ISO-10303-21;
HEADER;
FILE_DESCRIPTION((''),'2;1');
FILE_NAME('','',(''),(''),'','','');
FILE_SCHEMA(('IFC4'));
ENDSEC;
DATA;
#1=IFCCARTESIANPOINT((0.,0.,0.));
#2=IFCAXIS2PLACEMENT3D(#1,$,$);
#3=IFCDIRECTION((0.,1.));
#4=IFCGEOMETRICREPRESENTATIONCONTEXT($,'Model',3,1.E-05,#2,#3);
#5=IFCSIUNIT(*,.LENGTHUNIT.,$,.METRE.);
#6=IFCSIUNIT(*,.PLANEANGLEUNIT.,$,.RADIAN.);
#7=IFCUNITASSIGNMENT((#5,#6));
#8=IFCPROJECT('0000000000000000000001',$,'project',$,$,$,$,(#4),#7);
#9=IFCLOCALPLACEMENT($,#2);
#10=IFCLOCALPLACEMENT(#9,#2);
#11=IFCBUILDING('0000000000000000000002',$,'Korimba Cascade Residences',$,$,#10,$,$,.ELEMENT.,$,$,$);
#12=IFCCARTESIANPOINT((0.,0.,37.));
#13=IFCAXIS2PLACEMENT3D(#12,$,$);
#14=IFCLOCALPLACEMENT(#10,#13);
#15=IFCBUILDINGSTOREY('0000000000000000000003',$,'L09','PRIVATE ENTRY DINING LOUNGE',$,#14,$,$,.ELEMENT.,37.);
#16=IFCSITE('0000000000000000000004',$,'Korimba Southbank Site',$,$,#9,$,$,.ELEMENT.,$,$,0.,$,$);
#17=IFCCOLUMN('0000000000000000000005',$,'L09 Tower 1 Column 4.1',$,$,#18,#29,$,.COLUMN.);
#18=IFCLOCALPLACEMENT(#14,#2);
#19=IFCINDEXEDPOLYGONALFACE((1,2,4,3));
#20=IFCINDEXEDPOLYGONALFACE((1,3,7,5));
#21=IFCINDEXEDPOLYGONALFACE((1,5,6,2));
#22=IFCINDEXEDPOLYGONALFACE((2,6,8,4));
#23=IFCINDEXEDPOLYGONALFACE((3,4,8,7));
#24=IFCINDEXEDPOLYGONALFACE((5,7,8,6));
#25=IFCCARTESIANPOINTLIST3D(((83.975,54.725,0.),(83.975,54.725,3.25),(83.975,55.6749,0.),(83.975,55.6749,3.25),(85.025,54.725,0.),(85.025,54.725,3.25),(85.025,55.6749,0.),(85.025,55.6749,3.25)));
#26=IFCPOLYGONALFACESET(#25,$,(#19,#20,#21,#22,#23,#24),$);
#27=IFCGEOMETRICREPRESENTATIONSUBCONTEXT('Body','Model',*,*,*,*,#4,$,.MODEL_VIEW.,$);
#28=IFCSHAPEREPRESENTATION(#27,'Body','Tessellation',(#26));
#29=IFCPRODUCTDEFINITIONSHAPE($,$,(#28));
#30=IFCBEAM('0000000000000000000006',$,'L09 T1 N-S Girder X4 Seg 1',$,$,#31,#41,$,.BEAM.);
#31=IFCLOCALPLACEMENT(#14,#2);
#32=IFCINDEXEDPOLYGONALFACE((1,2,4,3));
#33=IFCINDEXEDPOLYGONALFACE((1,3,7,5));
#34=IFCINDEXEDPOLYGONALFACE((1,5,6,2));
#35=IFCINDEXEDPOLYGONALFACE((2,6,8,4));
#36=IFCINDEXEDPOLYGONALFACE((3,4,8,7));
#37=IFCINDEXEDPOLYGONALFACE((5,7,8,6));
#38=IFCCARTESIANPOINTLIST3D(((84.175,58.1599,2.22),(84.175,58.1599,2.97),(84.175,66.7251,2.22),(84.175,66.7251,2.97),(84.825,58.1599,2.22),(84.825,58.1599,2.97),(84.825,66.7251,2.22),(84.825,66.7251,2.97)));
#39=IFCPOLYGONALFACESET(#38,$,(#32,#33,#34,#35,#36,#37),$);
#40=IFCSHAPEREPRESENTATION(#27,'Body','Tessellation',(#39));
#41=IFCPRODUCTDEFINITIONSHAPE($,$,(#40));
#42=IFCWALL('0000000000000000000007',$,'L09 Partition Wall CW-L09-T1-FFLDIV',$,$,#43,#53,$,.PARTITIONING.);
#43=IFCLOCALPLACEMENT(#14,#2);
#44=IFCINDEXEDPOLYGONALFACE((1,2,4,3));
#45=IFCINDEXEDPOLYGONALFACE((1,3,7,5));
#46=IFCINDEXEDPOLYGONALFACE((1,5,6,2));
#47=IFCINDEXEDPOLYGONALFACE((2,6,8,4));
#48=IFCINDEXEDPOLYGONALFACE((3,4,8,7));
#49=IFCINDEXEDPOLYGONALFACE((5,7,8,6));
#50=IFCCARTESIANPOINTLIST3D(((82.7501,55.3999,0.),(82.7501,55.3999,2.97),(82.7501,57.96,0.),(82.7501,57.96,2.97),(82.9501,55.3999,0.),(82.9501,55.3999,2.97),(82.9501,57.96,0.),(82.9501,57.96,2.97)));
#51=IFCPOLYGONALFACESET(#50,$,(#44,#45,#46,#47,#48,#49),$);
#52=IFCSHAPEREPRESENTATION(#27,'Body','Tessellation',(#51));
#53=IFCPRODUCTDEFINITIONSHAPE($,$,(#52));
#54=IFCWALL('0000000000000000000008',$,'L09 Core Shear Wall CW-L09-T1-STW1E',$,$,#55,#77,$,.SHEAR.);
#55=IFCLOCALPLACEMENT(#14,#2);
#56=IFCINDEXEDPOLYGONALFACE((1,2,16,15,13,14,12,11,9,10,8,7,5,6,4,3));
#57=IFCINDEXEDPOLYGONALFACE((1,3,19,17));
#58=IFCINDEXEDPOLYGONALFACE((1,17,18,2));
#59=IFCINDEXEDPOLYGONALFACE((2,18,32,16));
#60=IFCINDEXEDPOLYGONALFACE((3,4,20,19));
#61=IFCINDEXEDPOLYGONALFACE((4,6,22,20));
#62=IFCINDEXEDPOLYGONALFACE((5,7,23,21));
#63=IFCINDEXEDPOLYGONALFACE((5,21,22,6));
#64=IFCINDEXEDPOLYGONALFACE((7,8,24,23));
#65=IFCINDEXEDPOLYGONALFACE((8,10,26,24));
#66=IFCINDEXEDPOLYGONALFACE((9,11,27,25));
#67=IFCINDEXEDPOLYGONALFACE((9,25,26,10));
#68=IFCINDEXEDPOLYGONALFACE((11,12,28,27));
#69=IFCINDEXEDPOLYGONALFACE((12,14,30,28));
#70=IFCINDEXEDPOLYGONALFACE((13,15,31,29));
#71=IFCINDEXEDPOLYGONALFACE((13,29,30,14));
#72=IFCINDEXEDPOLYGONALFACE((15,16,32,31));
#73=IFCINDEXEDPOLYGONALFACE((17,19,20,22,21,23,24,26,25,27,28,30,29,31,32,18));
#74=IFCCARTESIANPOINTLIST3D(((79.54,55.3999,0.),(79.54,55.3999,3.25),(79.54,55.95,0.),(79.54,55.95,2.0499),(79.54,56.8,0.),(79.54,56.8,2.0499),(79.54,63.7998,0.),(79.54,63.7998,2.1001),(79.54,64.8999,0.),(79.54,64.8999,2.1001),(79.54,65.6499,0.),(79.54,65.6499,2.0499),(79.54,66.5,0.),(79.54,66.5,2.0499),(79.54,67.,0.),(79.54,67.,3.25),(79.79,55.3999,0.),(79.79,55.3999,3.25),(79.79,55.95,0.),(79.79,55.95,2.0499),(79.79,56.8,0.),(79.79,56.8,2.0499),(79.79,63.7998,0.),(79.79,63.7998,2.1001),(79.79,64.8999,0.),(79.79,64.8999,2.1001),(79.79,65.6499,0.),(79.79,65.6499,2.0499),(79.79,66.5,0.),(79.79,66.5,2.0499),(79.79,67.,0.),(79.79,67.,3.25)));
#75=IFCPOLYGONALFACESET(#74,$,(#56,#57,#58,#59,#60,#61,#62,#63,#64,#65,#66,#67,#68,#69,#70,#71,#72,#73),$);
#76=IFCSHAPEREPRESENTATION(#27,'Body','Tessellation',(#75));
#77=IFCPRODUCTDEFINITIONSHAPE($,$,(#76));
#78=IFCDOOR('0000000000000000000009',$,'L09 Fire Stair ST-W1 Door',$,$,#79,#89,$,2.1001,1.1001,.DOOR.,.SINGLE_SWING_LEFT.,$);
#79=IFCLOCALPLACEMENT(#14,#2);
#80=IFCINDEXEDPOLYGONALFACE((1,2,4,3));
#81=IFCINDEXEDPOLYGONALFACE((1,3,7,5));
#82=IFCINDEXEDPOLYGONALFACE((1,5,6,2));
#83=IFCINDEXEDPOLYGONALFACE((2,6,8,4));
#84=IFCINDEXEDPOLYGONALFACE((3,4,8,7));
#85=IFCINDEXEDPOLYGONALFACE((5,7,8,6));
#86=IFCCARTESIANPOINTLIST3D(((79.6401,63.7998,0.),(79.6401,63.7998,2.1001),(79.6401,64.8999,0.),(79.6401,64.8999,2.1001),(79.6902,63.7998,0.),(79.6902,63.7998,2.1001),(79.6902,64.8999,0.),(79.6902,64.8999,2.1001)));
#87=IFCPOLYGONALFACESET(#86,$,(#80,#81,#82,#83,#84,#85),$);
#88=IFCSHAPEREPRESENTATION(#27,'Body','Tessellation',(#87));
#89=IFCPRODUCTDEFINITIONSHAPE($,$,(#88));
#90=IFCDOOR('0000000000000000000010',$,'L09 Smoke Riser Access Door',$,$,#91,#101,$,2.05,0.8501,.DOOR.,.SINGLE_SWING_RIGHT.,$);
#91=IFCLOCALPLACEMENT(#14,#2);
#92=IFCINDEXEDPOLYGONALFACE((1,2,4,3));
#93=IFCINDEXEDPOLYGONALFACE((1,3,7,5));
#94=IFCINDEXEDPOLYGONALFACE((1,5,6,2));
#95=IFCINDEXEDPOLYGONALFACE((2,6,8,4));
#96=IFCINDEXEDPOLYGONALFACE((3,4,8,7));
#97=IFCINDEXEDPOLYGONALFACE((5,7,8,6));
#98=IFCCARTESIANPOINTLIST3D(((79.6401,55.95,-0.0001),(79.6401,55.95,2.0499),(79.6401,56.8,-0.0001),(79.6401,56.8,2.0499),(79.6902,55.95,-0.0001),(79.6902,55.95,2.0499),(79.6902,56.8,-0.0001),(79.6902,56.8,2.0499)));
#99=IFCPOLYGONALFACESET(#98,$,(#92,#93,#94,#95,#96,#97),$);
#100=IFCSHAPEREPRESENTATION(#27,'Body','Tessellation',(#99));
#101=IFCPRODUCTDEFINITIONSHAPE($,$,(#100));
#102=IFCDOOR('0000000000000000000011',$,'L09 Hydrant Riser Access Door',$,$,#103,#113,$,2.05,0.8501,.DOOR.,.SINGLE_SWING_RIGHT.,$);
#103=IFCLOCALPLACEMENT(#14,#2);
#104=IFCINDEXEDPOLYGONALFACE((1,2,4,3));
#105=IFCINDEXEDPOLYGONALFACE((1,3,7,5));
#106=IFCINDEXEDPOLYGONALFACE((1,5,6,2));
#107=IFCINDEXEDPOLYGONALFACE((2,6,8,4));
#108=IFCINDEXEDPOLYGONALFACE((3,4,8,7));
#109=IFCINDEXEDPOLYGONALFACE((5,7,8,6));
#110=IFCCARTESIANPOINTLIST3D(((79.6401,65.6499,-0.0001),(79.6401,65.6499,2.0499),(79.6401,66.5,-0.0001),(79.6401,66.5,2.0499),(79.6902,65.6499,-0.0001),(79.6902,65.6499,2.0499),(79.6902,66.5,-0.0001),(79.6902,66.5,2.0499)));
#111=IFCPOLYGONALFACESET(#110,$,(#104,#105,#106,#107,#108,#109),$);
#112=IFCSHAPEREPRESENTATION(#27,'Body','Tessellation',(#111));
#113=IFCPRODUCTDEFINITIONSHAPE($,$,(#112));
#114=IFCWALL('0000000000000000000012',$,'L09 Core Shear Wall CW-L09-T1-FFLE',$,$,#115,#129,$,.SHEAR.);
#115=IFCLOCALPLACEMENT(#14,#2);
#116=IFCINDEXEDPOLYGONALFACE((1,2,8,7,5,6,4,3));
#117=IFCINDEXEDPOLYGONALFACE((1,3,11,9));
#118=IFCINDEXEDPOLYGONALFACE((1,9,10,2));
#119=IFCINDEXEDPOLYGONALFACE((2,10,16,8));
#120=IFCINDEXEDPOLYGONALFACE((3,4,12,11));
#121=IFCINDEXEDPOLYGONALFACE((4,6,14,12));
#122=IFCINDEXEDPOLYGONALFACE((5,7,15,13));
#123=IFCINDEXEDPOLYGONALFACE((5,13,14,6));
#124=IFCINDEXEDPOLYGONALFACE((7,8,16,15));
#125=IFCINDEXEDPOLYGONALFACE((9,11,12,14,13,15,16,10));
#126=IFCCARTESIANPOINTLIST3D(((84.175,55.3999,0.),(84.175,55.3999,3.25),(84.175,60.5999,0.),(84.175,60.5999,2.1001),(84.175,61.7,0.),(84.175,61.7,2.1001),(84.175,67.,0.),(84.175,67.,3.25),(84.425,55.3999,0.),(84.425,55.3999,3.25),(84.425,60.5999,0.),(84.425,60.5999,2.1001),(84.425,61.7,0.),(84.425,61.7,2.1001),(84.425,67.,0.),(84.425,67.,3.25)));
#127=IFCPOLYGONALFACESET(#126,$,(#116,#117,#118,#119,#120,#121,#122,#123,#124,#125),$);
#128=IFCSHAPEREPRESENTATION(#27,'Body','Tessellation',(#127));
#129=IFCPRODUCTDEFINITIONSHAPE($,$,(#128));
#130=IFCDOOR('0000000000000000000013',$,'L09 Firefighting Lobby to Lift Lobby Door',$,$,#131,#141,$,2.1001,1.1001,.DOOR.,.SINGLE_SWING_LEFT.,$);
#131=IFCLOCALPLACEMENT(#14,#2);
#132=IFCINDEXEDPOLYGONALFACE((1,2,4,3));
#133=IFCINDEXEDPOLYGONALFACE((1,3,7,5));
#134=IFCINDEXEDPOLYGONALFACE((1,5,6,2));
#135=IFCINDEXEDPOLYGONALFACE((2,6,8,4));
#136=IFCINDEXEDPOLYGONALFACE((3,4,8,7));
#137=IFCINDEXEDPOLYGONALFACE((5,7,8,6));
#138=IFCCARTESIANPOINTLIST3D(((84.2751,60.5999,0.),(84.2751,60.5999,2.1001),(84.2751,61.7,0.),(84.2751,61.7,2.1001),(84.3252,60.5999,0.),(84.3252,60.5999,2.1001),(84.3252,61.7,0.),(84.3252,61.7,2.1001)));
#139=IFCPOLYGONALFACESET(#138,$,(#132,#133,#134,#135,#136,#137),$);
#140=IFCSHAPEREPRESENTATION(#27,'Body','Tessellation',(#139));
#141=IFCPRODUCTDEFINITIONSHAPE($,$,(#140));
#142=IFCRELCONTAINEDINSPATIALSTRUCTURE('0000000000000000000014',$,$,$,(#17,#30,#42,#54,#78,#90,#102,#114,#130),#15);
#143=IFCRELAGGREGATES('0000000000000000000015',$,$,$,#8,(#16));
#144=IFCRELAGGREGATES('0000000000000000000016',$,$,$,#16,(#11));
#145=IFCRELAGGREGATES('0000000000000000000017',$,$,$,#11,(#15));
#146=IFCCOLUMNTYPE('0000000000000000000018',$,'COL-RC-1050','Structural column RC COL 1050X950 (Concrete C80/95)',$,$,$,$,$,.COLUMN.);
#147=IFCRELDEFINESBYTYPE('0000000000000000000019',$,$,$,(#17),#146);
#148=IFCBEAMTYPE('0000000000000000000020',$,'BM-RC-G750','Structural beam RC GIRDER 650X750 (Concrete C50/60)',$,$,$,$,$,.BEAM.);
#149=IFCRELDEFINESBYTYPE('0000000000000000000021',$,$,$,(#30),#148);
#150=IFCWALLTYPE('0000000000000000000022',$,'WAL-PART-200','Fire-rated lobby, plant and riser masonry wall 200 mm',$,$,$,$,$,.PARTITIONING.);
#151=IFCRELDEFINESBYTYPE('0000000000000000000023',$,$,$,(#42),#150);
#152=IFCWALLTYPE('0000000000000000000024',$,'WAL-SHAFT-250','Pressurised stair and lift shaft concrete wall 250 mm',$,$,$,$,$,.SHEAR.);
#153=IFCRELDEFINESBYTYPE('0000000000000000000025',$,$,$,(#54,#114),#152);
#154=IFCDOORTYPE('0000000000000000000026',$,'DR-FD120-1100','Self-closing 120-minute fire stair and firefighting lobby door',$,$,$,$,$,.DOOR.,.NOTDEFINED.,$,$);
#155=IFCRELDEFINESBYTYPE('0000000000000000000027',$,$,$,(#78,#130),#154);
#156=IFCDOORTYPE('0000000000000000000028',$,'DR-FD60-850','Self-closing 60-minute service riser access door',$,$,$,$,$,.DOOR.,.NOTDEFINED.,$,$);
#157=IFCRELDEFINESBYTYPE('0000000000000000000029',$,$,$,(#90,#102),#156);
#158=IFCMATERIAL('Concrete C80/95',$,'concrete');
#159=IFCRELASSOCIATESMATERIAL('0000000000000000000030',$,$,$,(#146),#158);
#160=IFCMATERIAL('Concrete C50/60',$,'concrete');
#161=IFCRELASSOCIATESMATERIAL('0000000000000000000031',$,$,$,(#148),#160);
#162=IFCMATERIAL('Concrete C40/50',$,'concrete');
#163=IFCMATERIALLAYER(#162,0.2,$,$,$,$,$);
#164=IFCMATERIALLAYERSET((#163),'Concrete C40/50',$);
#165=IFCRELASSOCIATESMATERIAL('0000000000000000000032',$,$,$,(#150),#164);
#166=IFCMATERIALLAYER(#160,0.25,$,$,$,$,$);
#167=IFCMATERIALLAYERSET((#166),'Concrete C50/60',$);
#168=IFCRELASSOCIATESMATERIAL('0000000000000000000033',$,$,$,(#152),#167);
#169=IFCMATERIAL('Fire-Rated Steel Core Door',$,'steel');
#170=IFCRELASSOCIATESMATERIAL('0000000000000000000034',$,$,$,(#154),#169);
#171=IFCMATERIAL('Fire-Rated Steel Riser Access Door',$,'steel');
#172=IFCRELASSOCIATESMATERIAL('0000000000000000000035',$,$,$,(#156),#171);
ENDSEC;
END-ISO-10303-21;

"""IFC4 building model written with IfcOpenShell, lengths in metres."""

from ifc_helpers import new_model, si_unit, direction, frame, frame_2d, origin, origin_2d, place, context, subcontext, project, spatial, rectangle, extrude, material, layer, layer_set, material_profile, profile_set, type_object, element, fill, save


model = new_model("IFC4")

# Units and contexts
model_context = context("Model", 3, precision=1e-05, world=origin(), true_north=direction((0.0, 1.0)))
body_context = subcontext(model_context, "Body", "Model", "MODEL_VIEW")
ifc_project = project(units=[si_unit("LENGTHUNIT", "METRE"), si_unit("PLANEANGLEUNIT", "RADIAN")], contexts=[model_context])

# Site, building, storey
site_placement = place(None, origin())
site = spatial("IfcSite", under=ifc_project, at=site_placement, Name="Korimba Southbank Site", CompositionType="ELEMENT", RefElevation=0.0)
building_placement = place(site_placement, origin())
building = spatial("IfcBuilding", under=site, at=building_placement, Name="Korimba Cascade Residences", CompositionType="ELEMENT")
storey_placement = place(building_placement, frame((0.0, 0.0, 37.0)))
storey = spatial("IfcBuildingStorey", under=building, at=storey_placement, Name="L09", Description="PRIVATE ENTRY DINING LOUNGE", CompositionType="ELEMENT", Elevation=37.0)

# Column
ifc_material_1 = material(Name="Concrete C80/95", Category="concrete")
ifc_material_profile_1 = material_profile(ifc_material_1, rectangle(XDim=1.05, YDim=0.95, at=origin_2d()), Name="Concrete C80/95")
ifc_profile_set_1 = profile_set([ifc_material_profile_1], Name="Concrete C80/95")
column_type = type_object("IfcColumnType", Name="COL-RC-1050", Description="Structural column RC COL 1050X950 (Concrete C80/95)", PredefinedType="COLUMN", material=ifc_profile_set_1)
column_placement = place(storey_placement, frame((84.5, 55.2, 0.0), z_axis=(0.0, 0.0, 1.0), x_axis=(1.0, 0.0, 0.0)))
element("IfcColumn", 1, at=column_placement, inside=storey, type_object=column_type, Name="L09 Tower 1 Column 4.1", PredefinedType="COLUMN", context=body_context, shape_type="SweptSolid", body=[
    extrude(rectangle(XDim=1.05, YDim=0.95, at=origin_2d()), origin(), (0.0, 0.0, 1.0), 3.25),
])

# Beam
ifc_material_2 = material(Name="Concrete C50/60", Category="concrete")
ifc_material_profile_2 = material_profile(ifc_material_2, rectangle(XDim=0.6499, YDim=0.75, at=origin_2d()), Name="Concrete C50/60")
ifc_profile_set_2 = profile_set([ifc_material_profile_2], Name="Concrete C50/60")
beam_type = type_object("IfcBeamType", Name="BM-RC-G750", Description="Structural beam RC GIRDER 650X750 (Concrete C50/60)", PredefinedType="BEAM", material=ifc_profile_set_2)
beam_placement = place(storey_placement, frame((84.5, 58.1599, 2.595), z_axis=(0.0, 1.0, 0.0), x_axis=(-1.0, 0.0, 0.0)))
element("IfcBeam", 2, at=beam_placement, inside=storey, type_object=beam_type, Name="L09 T1 N-S Girder X4 Seg 1", PredefinedType="BEAM", context=body_context, shape_type="SweptSolid", body=[
    extrude(rectangle(XDim=0.6499, YDim=0.75, at=origin_2d()), origin(), (0.0, 0.0, 1.0), 8.5652),
])

# Wall
ifc_material_3 = material(Name="Concrete C40/50", Category="concrete")
ifc_layer_1 = layer(ifc_material_3, 0.2)
ifc_layer_set_1 = layer_set([ifc_layer_1], Name="Concrete C40/50")
wall_type_1 = type_object("IfcWallType", Name="WAL-PART-200", Description="Fire-rated lobby, plant and riser masonry wall 200 mm", PredefinedType="PARTITIONING", material=ifc_layer_set_1)
wall_1_placement = place(storey_placement, frame((82.8501, 55.3999, 0.0), z_axis=(0.0, 0.0, 1.0), x_axis=(0.0, 1.0, 0.0)))
element("IfcWall", 3, at=wall_1_placement, inside=storey, type_object=wall_type_1, Name="L09 Partition Wall CW-L09-T1-FFLDIV", PredefinedType="PARTITIONING", context=body_context, shape_type="SweptSolid", body=[
    extrude(rectangle(XDim=2.5601, YDim=0.2, at=frame_2d((1.28, 0.0))), origin(), (0.0, 0.0, 1.0), 2.97),
])

# Wall, openings, doors
ifc_layer_2 = layer(ifc_material_2, 0.25)
ifc_layer_set_2 = layer_set([ifc_layer_2], Name="Concrete C50/60")
wall_type_2 = type_object("IfcWallType", Name="WAL-SHAFT-250", Description="Pressurised stair and lift shaft concrete wall 250 mm", PredefinedType="SHEAR", material=ifc_layer_set_2)
wall_2_placement = place(storey_placement, frame((79.665, 55.3999, 0.0), z_axis=(0.0, 0.0, 1.0), x_axis=(0.0, 1.0, 0.0)))
wall_2 = element("IfcWall", 4, at=wall_2_placement, inside=storey, type_object=wall_type_2, Name="L09 Core Shear Wall CW-L09-T1-STW1E", PredefinedType="SHEAR", context=body_context, shape_type="SweptSolid", body=[
    extrude(rectangle(XDim=11.6001, YDim=0.25, at=frame_2d((5.8, 0.0))), origin(), (0.0, 0.0, 1.0), 3.25),
])
opening_1_placement = place(wall_2_placement, frame((0.55, 0.0, 0.0)))
opening_1 = element("IfcOpeningElement", 5, at=opening_1_placement, cuts=wall_2, PredefinedType="OPENING", context=body_context, shape_type="SweptSolid", body=[
    extrude(rectangle(XDim=0.8501, YDim=2.05, at=frame_2d((0.425, 1.0249))), frame((0.0, 0.135, 0.0), z_axis=(0.0, -1.0, 0.0), x_axis=(1.0, 0.0, 0.0)), (0.0, 0.0, 1.0), 0.27),
])
opening_2_placement = place(wall_2_placement, frame((8.3999, 0.0, 0.0)))
opening_2 = element("IfcOpeningElement", 6, at=opening_2_placement, cuts=wall_2, PredefinedType="OPENING", context=body_context, shape_type="SweptSolid", body=[
    extrude(rectangle(XDim=1.1001, YDim=2.1001, at=frame_2d((0.55, 1.05))), frame((0.0, 0.135, 0.0), z_axis=(0.0, -1.0, 0.0), x_axis=(1.0, 0.0, 0.0)), (0.0, 0.0, 1.0), 0.27),
])
opening_3_placement = place(wall_2_placement, frame((10.25, 0.0, 0.0)))
opening_3 = element("IfcOpeningElement", 7, at=opening_3_placement, cuts=wall_2, PredefinedType="OPENING", context=body_context, shape_type="SweptSolid", body=[
    extrude(rectangle(XDim=0.8501, YDim=2.05, at=frame_2d((0.425, 1.0249))), frame((0.0, 0.135, 0.0), z_axis=(0.0, -1.0, 0.0), x_axis=(1.0, 0.0, 0.0)), (0.0, 0.0, 1.0), 0.27),
])
ifc_material_4 = material(Name="Fire-Rated Steel Core Door", Category="steel")
door_type_1 = type_object("IfcDoorType", Name="DR-FD120-1100", Description="Self-closing 120-minute fire stair and firefighting lobby door", OperationType="NOTDEFINED", PredefinedType="DOOR", material=ifc_material_4)
door_1_placement = place(opening_2_placement, origin())
door_1 = element("IfcDoor", 8, at=door_1_placement, inside=storey, type_object=door_type_1, Name="L09 Fire Stair ST-W1 Door", OperationType="SINGLE_SWING_LEFT", OverallHeight=2.1001, OverallWidth=1.1001, PredefinedType="DOOR", context=body_context, shape_type="SweptSolid", body=[
    extrude(rectangle(XDim=1.1001, YDim=2.1001, at=frame_2d((0.55, 1.05))), frame((0.0, 0.0249, 0.0), z_axis=(0.0, -1.0, 0.0), x_axis=(1.0, 0.0, 0.0)), (0.0, 0.0, 1.0), 0.05),
])
fill(opening_2, door_1)
ifc_material_5 = material(Name="Fire-Rated Steel Riser Access Door", Category="steel")
door_type_2 = type_object("IfcDoorType", Name="DR-FD60-850", Description="Self-closing 60-minute service riser access door", OperationType="NOTDEFINED", PredefinedType="DOOR", material=ifc_material_5)
door_2_placement = place(opening_1_placement, origin())
door_2 = element("IfcDoor", 9, at=door_2_placement, inside=storey, type_object=door_type_2, Name="L09 Smoke Riser Access Door", OperationType="SINGLE_SWING_RIGHT", OverallHeight=2.05, OverallWidth=0.8501, PredefinedType="DOOR", context=body_context, shape_type="SweptSolid", body=[
    extrude(rectangle(XDim=0.8501, YDim=2.05, at=frame_2d((0.425, 1.0249))), frame((0.0, 0.0249, 0.0), z_axis=(0.0, -1.0, 0.0), x_axis=(1.0, 0.0, 0.0)), (0.0, 0.0, 1.0), 0.05),
])
fill(opening_1, door_2)
door_3_placement = place(opening_3_placement, origin())
door_3 = element("IfcDoor", 10, at=door_3_placement, inside=storey, type_object=door_type_2, Name="L09 Hydrant Riser Access Door", OperationType="SINGLE_SWING_RIGHT", OverallHeight=2.05, OverallWidth=0.8501, PredefinedType="DOOR", context=body_context, shape_type="SweptSolid", body=[
    extrude(rectangle(XDim=0.8501, YDim=2.05, at=frame_2d((0.425, 1.0249))), frame((0.0, 0.0249, 0.0), z_axis=(0.0, -1.0, 0.0), x_axis=(1.0, 0.0, 0.0)), (0.0, 0.0, 1.0), 0.05),
])
fill(opening_3, door_3)

# Wall, opening, door
wall_3_placement = place(storey_placement, frame((84.3, 55.3999, 0.0), z_axis=(0.0, 0.0, 1.0), x_axis=(0.0, 1.0, 0.0)))
wall_3 = element("IfcWall", 11, at=wall_3_placement, inside=storey, type_object=wall_type_2, Name="L09 Core Shear Wall CW-L09-T1-FFLE", PredefinedType="SHEAR", context=body_context, shape_type="SweptSolid", body=[
    extrude(rectangle(XDim=11.6001, YDim=0.25, at=frame_2d((5.8, 0.0))), origin(), (0.0, 0.0, 1.0), 3.25),
])
opening_4_placement = place(wall_3_placement, frame((5.2, 0.0, 0.0)))
opening_4 = element("IfcOpeningElement", 12, at=opening_4_placement, cuts=wall_3, PredefinedType="OPENING", context=body_context, shape_type="SweptSolid", body=[
    extrude(rectangle(XDim=1.1001, YDim=2.1001, at=frame_2d((0.55, 1.05))), frame((0.0, 0.135, 0.0), z_axis=(0.0, -1.0, 0.0), x_axis=(1.0, 0.0, 0.0)), (0.0, 0.0, 1.0), 0.27),
])
door_4_placement = place(opening_4_placement, origin())
door_4 = element("IfcDoor", 13, at=door_4_placement, inside=storey, type_object=door_type_1, Name="L09 Firefighting Lobby to Lift Lobby Door", OperationType="SINGLE_SWING_LEFT", OverallHeight=2.1001, OverallWidth=1.1001, PredefinedType="DOOR", context=body_context, shape_type="SweptSolid", body=[
    extrude(rectangle(XDim=1.1001, YDim=2.1001, at=frame_2d((0.55, 1.05))), frame((0.0, 0.0249, 0.0), z_axis=(0.0, -1.0, 0.0), x_axis=(1.0, 0.0, 0.0)), (0.0, 0.0, 1.0), 0.05),
])
fill(opening_4, door_4)

save(model, "model.ifc")
